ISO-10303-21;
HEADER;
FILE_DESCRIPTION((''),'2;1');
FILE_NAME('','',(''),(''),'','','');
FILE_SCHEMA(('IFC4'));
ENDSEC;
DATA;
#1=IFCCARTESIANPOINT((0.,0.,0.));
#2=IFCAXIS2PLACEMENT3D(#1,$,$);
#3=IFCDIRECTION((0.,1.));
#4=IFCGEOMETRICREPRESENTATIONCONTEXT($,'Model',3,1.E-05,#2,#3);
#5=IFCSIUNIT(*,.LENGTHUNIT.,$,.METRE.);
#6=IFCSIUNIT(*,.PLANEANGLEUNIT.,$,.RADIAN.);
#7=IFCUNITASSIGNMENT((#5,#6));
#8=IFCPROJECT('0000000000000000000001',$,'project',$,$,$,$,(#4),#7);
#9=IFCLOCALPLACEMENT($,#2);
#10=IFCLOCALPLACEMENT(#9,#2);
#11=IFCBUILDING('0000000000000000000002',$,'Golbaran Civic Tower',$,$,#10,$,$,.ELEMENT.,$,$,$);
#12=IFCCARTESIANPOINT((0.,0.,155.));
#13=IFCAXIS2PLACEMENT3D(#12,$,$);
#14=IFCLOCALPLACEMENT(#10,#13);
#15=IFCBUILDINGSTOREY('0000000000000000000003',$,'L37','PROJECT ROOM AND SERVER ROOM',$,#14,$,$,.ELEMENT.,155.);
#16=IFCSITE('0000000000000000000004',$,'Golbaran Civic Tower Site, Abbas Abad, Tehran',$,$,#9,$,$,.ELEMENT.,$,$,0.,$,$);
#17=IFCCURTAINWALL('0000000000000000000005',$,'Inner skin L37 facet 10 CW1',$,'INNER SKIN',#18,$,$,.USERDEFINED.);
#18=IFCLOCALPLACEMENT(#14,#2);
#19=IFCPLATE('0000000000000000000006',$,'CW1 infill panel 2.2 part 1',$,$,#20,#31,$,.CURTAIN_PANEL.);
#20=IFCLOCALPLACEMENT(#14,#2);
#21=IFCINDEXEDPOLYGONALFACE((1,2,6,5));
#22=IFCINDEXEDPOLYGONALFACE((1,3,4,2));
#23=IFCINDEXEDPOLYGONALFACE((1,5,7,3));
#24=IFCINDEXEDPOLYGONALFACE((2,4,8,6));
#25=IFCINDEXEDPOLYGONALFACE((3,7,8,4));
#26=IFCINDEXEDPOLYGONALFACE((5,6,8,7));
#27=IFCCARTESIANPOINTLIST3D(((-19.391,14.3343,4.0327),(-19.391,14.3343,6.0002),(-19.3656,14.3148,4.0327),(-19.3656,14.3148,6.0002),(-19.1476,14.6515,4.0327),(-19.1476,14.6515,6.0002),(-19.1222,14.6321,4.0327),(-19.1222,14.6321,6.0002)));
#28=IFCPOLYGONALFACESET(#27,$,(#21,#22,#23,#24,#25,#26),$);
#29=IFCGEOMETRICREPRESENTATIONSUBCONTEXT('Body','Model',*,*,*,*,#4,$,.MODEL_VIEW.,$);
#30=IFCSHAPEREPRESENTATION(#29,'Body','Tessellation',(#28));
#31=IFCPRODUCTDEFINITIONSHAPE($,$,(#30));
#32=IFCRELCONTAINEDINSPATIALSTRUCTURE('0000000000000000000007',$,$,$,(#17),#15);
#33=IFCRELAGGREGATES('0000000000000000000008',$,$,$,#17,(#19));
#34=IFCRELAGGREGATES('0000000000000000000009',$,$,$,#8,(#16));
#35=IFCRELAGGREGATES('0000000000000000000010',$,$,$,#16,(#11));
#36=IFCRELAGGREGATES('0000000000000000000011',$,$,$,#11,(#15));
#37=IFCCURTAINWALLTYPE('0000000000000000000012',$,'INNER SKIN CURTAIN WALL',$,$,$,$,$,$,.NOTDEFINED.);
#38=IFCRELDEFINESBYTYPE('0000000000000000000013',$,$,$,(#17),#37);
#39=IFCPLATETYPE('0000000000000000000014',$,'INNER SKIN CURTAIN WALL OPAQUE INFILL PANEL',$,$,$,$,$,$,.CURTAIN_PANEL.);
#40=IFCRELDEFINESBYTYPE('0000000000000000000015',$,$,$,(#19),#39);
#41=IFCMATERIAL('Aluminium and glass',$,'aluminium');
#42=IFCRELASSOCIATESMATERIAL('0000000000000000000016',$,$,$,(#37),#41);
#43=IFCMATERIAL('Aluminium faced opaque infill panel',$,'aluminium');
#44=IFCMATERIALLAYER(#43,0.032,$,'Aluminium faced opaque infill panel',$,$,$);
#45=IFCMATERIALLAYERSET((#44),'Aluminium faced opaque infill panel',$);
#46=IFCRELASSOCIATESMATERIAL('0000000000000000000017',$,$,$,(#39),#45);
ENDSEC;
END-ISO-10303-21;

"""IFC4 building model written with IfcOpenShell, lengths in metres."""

from ifc_helpers import new_model, si_unit, direction, frame, origin, origin_2d, place, context, subcontext, project, spatial, rectangle, extrude, material, layer, layer_set, type_object, element, aggregate, save


model = new_model("IFC4")

# Units and contexts
model_context = context("Model", 3, precision=1e-05, world=origin(), true_north=direction((0.0, 1.0)))
body_context = subcontext(model_context, "Body", "Model", "MODEL_VIEW")
ifc_project = project(units=[si_unit("LENGTHUNIT", "METRE"), si_unit("PLANEANGLEUNIT", "RADIAN")], contexts=[model_context])

# Site, building, storey
site_placement = place(None, origin())
site = spatial("IfcSite", under=ifc_project, at=site_placement, Name="Golbaran Civic Tower Site, Abbas Abad, Tehran", CompositionType="ELEMENT", RefElevation=0.0)
building_placement = place(site_placement, origin())
building = spatial("IfcBuilding", under=site, at=building_placement, Name="Golbaran Civic Tower", CompositionType="ELEMENT")
storey_placement = place(building_placement, frame((0.0, 0.0, 155.0)))
storey = spatial("IfcBuildingStorey", under=building, at=storey_placement, Name="L37", Description="PROJECT ROOM AND SERVER ROOM", CompositionType="ELEMENT", Elevation=155.0)

# Curtain wall
ifc_material_1 = material(Name="Aluminium and glass", Category="aluminium")
curtain_wall_type = type_object("IfcCurtainWallType", Name="INNER SKIN CURTAIN WALL", PredefinedType="NOTDEFINED", material=ifc_material_1)
curtain_wall_1_placement = place(storey_placement, origin())
curtain_wall_1 = element("IfcCurtainWall", 1, at=curtain_wall_1_placement, inside=storey, type_object=curtain_wall_type, Name="Inner skin L37 facet 10 CW1", ObjectType="INNER SKIN", PredefinedType="USERDEFINED")

# Plate
ifc_material_2 = material(Name="Aluminium faced opaque infill panel", Category="aluminium")
ifc_layer_1 = layer(ifc_material_2, 0.032, Name="Aluminium faced opaque infill panel")
ifc_layer_set_1 = layer_set([ifc_layer_1], Name="Aluminium faced opaque infill panel")
plate_type_1 = type_object("IfcPlateType", Name="INNER SKIN CURTAIN WALL OPAQUE INFILL PANEL", PredefinedType="CURTAIN_PANEL", material=ifc_layer_set_1)
plate_1_placement = place(storey_placement, frame((-19.2566, 14.4832, 4.0327), z_axis=(0.0, 0.0, 1.0), x_axis=(-0.608761, -0.793353, 0.0)))
plate_1 = element("IfcPlate", 2, at=plate_1_placement, type_object=plate_type_1, Name="CW1 infill panel 2.2 part 1", PredefinedType="CURTAIN_PANEL", context=body_context, shape_type="SweptSolid", body=[
    extrude(rectangle(XDim=0.3999, YDim=0.032, at=origin_2d()), origin(), (0.0, 0.0, 1.0), 1.9675),
])
aggregate(curtain_wall_1, [plate_1])

save(model, "model.ifc")
